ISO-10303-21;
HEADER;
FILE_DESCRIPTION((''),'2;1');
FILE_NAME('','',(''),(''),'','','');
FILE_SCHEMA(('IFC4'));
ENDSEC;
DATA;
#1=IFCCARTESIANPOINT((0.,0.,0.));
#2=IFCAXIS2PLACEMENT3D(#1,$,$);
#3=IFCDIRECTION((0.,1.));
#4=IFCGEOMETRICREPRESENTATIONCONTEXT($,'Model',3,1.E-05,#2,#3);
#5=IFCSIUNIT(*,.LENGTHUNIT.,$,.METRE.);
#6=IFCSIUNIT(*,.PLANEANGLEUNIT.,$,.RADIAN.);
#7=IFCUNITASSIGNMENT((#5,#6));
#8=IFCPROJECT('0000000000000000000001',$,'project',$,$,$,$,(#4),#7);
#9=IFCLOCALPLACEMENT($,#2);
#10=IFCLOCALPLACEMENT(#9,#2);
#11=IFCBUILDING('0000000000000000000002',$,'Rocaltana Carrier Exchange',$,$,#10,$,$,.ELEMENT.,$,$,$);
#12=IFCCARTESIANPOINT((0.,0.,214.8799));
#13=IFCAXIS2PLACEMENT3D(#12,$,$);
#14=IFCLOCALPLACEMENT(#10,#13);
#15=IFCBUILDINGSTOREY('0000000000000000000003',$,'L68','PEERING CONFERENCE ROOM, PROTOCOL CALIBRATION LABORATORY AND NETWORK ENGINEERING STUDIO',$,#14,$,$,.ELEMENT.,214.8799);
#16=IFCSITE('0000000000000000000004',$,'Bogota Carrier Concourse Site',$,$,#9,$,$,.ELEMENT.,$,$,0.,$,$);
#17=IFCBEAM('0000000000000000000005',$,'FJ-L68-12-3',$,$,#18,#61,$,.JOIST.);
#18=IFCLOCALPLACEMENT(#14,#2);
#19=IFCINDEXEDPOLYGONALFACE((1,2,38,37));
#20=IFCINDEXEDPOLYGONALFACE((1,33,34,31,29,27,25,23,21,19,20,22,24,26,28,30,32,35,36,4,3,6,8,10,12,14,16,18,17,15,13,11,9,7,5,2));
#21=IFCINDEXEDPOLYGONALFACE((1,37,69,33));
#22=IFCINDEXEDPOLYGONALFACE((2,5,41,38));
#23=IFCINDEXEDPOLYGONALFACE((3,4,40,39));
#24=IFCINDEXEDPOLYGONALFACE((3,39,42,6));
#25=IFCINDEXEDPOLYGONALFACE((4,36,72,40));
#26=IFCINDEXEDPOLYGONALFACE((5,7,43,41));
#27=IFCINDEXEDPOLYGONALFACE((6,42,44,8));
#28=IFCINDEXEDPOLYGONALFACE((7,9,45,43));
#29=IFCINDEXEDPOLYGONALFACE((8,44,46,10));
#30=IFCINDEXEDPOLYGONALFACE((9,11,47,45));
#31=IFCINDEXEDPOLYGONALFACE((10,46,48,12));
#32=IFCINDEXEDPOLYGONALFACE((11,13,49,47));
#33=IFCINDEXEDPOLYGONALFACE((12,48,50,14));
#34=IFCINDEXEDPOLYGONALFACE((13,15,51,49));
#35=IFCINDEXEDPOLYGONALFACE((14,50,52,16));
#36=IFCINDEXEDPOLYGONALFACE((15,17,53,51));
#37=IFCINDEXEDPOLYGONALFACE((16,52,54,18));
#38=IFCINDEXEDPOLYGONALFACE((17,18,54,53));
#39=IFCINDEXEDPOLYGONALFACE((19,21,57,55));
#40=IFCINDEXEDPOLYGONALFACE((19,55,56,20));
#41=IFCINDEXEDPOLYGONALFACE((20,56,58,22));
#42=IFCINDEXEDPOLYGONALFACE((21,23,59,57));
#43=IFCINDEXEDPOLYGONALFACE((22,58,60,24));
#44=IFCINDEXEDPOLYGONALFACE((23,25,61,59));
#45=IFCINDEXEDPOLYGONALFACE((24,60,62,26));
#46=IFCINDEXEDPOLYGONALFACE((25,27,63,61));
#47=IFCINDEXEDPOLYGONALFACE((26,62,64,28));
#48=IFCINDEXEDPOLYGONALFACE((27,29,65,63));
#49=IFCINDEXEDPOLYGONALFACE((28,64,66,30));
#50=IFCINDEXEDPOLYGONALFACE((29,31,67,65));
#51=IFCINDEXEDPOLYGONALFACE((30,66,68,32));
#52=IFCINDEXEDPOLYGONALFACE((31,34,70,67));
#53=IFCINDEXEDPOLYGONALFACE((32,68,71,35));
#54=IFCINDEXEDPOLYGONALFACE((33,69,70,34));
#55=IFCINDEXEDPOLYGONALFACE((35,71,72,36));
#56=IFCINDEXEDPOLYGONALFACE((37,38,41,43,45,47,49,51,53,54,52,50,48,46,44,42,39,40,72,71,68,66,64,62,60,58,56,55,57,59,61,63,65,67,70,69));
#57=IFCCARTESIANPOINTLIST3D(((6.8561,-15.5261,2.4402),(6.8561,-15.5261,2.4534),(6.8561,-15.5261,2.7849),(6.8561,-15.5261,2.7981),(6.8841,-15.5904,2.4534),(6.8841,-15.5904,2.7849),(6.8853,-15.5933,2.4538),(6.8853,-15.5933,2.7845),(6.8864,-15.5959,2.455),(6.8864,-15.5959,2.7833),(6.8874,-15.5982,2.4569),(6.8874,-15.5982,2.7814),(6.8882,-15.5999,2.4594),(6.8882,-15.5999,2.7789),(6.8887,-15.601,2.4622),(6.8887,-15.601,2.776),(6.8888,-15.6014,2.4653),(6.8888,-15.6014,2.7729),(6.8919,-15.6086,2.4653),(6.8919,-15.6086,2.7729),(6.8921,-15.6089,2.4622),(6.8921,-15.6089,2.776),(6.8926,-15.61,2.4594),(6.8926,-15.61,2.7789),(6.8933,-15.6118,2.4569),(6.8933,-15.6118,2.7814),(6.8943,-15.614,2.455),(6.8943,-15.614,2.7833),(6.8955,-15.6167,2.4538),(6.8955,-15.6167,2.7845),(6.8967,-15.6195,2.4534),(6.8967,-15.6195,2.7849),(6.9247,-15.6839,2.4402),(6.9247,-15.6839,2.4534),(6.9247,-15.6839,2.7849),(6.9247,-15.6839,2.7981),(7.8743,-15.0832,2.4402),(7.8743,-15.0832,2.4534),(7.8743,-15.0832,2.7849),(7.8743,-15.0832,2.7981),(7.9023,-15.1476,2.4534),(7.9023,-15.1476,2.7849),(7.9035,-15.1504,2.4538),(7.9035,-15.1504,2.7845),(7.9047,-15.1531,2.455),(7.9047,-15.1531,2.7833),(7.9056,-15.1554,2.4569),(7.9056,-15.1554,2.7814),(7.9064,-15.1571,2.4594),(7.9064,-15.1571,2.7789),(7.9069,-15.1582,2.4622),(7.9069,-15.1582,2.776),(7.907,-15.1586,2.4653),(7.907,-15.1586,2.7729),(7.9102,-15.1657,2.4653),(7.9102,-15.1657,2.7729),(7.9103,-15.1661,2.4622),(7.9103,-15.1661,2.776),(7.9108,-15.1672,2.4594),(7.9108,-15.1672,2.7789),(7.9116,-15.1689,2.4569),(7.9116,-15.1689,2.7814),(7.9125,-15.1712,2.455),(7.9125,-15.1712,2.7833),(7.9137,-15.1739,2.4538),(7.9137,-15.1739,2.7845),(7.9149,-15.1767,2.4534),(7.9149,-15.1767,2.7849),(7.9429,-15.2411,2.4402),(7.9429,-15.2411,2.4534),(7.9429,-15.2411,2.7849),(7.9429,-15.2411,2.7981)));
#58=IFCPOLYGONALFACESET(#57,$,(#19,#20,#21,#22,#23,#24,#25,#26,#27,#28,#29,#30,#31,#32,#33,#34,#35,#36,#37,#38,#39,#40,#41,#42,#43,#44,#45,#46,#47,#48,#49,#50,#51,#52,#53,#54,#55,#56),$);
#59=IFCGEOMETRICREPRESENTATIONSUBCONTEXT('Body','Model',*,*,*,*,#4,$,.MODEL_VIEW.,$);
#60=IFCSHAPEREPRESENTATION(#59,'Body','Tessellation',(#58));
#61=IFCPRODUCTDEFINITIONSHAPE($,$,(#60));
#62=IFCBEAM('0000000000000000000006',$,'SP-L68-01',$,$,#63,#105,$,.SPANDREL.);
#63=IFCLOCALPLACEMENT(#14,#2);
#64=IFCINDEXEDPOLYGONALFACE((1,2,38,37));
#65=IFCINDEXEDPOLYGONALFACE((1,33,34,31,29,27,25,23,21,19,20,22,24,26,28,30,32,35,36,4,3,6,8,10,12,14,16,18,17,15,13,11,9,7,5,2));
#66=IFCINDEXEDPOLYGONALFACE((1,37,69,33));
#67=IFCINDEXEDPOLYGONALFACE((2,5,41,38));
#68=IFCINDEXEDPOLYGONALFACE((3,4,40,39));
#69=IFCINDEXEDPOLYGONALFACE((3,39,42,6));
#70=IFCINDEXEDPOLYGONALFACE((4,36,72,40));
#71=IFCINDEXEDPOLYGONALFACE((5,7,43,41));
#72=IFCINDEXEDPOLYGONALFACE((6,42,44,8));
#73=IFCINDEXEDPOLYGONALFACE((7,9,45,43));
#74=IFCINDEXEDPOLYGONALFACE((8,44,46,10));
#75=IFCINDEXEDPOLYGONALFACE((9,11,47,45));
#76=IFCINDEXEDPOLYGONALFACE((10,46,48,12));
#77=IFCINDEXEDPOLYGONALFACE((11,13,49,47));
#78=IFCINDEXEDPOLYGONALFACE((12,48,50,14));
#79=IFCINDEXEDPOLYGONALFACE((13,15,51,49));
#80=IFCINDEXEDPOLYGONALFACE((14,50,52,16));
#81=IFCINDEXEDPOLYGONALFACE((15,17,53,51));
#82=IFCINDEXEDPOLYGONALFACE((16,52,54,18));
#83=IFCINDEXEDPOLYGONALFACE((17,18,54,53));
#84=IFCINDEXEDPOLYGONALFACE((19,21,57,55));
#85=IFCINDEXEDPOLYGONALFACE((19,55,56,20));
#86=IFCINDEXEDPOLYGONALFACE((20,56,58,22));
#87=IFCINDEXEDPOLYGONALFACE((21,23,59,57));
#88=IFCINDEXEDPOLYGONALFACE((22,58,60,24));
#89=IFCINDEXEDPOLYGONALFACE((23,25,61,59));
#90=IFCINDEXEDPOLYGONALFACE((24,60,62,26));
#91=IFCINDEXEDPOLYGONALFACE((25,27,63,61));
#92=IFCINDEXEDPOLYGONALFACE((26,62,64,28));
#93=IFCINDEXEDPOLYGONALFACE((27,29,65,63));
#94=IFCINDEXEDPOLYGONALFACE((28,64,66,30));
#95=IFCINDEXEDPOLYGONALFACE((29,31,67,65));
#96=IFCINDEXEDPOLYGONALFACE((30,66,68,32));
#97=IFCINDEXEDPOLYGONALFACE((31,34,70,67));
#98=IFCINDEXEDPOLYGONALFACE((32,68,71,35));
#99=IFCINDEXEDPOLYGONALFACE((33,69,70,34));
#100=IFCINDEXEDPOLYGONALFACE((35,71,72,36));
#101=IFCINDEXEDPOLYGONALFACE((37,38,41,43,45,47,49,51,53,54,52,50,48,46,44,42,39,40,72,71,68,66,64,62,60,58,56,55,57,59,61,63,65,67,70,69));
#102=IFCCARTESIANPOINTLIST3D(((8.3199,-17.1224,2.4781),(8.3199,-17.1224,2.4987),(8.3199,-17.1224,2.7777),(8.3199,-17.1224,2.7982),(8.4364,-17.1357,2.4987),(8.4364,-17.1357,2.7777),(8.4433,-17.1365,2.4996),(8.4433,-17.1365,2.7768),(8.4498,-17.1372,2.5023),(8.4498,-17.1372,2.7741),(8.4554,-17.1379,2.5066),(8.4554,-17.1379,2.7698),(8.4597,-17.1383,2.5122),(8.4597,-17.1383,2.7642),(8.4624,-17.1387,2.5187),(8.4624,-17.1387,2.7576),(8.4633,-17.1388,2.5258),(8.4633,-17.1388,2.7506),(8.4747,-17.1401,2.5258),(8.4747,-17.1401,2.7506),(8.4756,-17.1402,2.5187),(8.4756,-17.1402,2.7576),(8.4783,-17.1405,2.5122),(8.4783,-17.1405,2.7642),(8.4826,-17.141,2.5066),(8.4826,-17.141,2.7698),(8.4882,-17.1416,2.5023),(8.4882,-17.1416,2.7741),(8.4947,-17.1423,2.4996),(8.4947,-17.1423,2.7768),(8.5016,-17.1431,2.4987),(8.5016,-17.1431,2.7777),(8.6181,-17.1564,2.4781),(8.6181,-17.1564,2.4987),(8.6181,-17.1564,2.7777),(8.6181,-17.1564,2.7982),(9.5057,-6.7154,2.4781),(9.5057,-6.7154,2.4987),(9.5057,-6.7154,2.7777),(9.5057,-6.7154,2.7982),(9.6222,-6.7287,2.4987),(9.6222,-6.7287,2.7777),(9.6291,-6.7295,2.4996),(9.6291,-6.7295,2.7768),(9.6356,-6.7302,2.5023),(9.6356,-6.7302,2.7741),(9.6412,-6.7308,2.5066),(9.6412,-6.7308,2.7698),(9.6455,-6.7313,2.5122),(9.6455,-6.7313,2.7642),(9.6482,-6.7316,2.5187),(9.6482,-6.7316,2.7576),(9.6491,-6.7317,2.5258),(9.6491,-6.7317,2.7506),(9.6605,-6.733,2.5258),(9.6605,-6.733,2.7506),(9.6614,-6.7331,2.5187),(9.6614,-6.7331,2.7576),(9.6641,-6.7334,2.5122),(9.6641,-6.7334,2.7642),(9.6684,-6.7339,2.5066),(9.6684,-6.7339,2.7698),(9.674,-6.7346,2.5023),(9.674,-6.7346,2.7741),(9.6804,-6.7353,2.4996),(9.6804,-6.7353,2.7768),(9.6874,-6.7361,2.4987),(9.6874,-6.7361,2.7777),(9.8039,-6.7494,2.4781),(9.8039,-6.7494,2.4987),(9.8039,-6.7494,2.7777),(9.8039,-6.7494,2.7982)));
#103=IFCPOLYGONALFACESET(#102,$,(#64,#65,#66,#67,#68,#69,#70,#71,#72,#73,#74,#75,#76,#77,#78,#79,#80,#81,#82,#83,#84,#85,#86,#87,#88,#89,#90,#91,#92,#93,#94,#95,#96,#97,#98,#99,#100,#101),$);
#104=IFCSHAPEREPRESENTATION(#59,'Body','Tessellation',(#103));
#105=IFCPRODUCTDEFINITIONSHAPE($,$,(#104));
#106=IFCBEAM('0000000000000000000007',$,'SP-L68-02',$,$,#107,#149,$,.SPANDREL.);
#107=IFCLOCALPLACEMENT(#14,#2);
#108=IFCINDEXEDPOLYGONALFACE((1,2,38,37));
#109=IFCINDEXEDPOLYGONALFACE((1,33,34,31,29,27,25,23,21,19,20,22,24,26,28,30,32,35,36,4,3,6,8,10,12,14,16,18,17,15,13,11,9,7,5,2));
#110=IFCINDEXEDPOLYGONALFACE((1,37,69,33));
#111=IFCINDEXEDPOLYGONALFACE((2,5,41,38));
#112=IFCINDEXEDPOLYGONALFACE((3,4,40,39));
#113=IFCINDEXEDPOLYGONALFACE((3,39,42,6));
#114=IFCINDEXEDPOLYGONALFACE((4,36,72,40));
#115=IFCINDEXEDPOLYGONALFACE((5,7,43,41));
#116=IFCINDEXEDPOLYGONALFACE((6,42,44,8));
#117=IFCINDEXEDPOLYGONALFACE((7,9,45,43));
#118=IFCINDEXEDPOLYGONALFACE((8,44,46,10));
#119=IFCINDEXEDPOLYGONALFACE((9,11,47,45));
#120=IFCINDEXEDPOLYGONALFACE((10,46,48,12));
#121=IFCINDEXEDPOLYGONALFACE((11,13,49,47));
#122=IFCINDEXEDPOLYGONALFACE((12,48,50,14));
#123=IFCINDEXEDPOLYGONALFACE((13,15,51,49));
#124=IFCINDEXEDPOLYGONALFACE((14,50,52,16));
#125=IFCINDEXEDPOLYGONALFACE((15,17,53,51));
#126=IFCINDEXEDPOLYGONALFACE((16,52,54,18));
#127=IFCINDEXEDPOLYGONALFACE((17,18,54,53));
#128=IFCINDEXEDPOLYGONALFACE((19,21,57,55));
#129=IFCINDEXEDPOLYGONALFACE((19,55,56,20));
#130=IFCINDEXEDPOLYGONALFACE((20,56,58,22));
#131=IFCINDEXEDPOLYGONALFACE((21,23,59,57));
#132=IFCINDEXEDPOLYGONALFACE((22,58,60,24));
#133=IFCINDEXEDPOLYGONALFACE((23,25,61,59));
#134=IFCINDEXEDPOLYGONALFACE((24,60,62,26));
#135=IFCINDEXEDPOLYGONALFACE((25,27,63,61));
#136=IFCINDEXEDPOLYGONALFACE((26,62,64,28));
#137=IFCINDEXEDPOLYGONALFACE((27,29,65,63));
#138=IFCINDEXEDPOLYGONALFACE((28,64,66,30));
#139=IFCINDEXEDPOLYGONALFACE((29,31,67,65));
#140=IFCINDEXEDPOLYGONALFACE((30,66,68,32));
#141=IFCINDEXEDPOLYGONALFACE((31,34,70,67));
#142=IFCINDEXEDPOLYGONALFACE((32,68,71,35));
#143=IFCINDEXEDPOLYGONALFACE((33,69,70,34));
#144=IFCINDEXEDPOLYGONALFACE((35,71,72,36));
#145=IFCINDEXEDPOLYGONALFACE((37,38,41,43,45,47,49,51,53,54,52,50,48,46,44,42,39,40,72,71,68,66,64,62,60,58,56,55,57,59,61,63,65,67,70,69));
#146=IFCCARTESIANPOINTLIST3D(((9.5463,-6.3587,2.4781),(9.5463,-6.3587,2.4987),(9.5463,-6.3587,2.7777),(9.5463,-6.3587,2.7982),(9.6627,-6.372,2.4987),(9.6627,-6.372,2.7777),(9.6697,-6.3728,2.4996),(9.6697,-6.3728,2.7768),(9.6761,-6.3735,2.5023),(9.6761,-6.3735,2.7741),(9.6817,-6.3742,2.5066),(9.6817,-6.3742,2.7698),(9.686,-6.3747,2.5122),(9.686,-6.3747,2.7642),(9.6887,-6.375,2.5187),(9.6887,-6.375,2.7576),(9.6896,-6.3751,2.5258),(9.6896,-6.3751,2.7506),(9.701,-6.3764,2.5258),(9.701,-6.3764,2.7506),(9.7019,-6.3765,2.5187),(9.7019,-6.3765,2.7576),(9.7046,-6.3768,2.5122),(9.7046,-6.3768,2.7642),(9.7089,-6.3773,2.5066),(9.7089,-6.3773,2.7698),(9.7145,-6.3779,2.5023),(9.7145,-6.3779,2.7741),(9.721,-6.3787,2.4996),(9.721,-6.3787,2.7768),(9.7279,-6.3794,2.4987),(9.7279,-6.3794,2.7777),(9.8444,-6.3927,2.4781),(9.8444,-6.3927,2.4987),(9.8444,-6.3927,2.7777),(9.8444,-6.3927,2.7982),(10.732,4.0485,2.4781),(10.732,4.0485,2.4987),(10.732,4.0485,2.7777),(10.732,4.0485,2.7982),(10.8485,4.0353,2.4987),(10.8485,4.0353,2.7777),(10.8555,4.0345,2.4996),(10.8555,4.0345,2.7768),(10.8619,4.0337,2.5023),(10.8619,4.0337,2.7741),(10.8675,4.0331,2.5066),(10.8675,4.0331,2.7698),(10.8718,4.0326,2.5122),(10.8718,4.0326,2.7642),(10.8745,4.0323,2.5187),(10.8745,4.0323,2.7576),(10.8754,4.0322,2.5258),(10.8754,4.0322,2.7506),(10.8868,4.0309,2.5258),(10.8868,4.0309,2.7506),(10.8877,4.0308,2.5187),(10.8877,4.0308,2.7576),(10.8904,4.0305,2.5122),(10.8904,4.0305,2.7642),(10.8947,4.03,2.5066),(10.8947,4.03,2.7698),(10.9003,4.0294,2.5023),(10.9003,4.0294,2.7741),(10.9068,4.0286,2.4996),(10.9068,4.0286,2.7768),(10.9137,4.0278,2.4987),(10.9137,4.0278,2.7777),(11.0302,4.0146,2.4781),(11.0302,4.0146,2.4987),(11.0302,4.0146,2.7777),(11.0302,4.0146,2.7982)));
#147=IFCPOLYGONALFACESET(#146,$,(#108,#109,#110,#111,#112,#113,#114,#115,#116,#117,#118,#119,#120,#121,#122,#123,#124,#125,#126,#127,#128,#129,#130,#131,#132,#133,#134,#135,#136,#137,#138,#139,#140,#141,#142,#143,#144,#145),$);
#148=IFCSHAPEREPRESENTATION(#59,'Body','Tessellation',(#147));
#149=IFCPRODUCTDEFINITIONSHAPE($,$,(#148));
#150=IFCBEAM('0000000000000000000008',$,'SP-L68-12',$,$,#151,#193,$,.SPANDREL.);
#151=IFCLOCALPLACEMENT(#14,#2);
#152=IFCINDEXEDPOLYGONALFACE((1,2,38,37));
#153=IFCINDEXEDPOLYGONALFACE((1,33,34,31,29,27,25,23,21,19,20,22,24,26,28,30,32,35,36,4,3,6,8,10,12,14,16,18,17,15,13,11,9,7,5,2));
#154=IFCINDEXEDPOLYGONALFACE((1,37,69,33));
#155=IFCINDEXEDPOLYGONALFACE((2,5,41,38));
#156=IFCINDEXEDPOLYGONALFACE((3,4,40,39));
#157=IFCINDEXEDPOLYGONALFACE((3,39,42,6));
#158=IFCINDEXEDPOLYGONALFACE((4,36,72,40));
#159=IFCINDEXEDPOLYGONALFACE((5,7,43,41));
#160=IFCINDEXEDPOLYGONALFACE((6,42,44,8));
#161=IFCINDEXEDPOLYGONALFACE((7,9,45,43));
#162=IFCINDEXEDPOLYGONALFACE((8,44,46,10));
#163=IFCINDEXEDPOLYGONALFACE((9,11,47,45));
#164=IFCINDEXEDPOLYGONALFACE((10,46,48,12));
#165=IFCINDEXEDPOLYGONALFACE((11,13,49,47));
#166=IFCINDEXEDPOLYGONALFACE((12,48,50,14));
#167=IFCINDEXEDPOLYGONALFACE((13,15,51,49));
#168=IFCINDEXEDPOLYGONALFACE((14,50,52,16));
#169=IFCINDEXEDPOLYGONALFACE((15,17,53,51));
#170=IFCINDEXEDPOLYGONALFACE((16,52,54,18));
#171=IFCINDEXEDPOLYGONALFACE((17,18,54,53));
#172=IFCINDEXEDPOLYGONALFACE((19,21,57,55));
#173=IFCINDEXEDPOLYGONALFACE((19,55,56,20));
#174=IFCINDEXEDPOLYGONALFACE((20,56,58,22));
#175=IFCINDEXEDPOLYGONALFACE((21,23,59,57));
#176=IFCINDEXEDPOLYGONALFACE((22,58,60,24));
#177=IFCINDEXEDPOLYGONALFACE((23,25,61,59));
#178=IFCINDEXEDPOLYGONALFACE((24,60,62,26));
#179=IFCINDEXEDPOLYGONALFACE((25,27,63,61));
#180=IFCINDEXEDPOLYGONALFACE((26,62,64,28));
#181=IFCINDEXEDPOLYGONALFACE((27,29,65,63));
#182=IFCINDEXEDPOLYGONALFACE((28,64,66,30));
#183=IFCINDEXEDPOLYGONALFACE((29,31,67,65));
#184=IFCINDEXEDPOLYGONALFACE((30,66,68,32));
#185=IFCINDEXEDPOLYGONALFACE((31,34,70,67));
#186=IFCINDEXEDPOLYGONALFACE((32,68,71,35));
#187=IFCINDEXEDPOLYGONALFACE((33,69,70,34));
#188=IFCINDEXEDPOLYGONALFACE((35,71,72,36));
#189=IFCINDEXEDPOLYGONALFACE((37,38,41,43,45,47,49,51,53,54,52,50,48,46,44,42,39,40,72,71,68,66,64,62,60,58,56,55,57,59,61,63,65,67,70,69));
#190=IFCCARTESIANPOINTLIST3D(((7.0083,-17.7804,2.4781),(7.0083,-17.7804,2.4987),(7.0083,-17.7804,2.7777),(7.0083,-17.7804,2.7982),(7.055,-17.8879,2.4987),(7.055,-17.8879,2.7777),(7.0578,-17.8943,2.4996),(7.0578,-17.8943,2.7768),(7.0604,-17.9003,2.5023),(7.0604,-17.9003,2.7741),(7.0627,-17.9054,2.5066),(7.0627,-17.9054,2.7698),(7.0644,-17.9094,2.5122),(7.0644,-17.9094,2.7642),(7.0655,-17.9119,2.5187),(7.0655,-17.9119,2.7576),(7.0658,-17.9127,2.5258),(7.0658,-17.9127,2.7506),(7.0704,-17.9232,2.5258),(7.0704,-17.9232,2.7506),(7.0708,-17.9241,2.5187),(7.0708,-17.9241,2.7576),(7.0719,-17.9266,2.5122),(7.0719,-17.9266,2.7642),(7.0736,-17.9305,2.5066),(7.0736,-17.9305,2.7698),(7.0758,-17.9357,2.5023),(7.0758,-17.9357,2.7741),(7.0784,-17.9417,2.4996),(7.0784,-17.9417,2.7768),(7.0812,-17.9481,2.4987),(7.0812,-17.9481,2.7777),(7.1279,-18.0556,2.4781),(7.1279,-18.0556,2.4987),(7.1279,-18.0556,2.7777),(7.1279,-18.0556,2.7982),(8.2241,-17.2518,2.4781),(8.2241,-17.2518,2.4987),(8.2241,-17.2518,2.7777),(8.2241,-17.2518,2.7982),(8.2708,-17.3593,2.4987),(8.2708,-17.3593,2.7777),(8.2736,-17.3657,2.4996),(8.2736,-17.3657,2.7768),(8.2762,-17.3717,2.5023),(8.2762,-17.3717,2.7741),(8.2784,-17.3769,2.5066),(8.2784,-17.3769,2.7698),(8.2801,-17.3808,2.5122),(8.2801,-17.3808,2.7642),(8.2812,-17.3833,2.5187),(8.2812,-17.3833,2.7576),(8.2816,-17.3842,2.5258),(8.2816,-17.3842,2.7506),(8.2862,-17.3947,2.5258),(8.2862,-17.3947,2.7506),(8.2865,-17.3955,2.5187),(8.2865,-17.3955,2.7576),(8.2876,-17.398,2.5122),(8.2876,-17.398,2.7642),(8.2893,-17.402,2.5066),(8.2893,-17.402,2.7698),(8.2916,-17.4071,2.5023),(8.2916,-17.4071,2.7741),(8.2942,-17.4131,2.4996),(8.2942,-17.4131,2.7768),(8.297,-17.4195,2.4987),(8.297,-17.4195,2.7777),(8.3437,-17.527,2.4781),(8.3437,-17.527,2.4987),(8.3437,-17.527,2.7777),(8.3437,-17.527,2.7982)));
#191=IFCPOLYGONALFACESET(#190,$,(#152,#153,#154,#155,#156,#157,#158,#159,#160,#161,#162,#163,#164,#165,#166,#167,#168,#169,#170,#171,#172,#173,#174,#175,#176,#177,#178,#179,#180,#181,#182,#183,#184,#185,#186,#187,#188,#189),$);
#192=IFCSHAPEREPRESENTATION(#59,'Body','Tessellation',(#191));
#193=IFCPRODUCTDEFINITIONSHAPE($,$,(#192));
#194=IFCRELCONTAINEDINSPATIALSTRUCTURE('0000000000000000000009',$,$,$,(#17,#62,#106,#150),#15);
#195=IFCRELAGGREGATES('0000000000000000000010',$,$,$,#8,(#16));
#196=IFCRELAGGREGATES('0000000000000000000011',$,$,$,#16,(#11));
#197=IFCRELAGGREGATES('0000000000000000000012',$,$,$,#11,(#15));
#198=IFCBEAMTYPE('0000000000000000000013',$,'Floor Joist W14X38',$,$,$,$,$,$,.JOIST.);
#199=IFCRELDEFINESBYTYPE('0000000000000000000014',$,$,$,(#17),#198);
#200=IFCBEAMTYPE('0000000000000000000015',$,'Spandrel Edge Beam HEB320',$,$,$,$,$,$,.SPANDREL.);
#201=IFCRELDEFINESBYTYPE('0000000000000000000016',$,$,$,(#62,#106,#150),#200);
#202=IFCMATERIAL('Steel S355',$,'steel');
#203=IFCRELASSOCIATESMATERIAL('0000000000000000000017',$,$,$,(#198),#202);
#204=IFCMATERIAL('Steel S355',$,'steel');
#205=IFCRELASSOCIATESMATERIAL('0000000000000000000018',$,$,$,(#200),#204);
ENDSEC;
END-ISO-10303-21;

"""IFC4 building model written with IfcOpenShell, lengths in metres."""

from ifc_helpers import new_model, si_unit, direction, frame, origin, origin_2d, place, context, subcontext, project, spatial, i_section, extrude, material, material_profile, profile_set, type_object, element, save


model = new_model("IFC4")

# Units and contexts
model_context = context("Model", 3, precision=1e-05, world=origin(), true_north=direction((0.0, 1.0)))
body_context = subcontext(model_context, "Body", "Model", "MODEL_VIEW")
ifc_project = project(units=[si_unit("LENGTHUNIT", "METRE"), si_unit("PLANEANGLEUNIT", "RADIAN")], contexts=[model_context])

# Site, building, storey
site_placement = place(None, origin())
site = spatial("IfcSite", under=ifc_project, at=site_placement, Name="Bogota Carrier Concourse Site", CompositionType="ELEMENT", RefElevation=0.0)
building_placement = place(site_placement, origin())
building = spatial("IfcBuilding", under=site, at=building_placement, Name="Rocaltana Carrier Exchange", CompositionType="ELEMENT")
storey_placement = place(building_placement, frame((0.0, 0.0, 214.8799)))
storey = spatial("IfcBuildingStorey", under=building, at=storey_placement, Name="L68", Description="PEERING CONFERENCE ROOM, PROTOCOL CALIBRATION LABORATORY AND NETWORK ENGINEERING STUDIO", CompositionType="ELEMENT", Elevation=214.8799)

# Beams
ifc_material_1 = material(Name="Steel S355", Category="steel")
ifc_material_profile_1 = material_profile(ifc_material_1, i_section(OverallWidth=0.1721, OverallDepth=0.3579, WebThickness=0.0078, FlangeThickness=0.0132, FilletRadius=0.012, at=origin_2d()), Name="W14X38")
ifc_profile_set_1 = profile_set([ifc_material_profile_1], Name="Steel S355")
beam_type_1 = type_object("IfcBeamType", Name="Floor Joist W14X38", PredefinedType="JOIST", material=ifc_profile_set_1)
beam_1_placement = place(storey_placement, frame((6.8904, -15.605, 2.6191), z_axis=(0.917028, 0.398823, 0.0), x_axis=(-0.398823, 0.917028, 0.0)))
element("IfcBeam", 1, at=beam_1_placement, inside=storey, type_object=beam_type_1, Name="FJ-L68-12-3", PredefinedType="JOIST", context=body_context, shape_type="SweptSolid", body=[
    extrude(i_section(OverallWidth=0.1721, OverallDepth=0.3579, WebThickness=0.0078, FlangeThickness=0.0132, FilletRadius=0.012, at=origin_2d()), origin(), (0.0, 0.0, 1.0), 1.1104),
])
ifc_material_2 = material(Name="Steel S355", Category="steel")
ifc_material_profile_2 = material_profile(ifc_material_2, i_section(OverallWidth=0.3, OverallDepth=0.3201, WebThickness=0.0115, FlangeThickness=0.0205, FilletRadius=0.0271, at=origin_2d()), Name="HEB320")
ifc_profile_set_2 = profile_set([ifc_material_profile_2], Name="Steel S355")
beam_type_2 = type_object("IfcBeamType", Name="Spandrel Edge Beam HEB320", PredefinedType="SPANDREL", material=ifc_profile_set_2)
beam_2_placement = place(storey_placement, frame((8.469, -17.1394, 2.6382), z_axis=(0.113209, 0.993571, 0.0), x_axis=(-0.993571, 0.113209, 0.0)))
element("IfcBeam", 2, at=beam_2_placement, inside=storey, type_object=beam_type_2, Name="SP-L68-01", PredefinedType="SPANDREL", context=body_context, shape_type="SweptSolid", body=[
    extrude(i_section(OverallWidth=0.3, OverallDepth=0.3201, WebThickness=0.0115, FlangeThickness=0.0205, FilletRadius=0.0271, at=origin_2d()), origin(), (0.0, 0.0, 1.0), 10.4744),
])
beam_3_placement = place(storey_placement, frame((9.6953, -6.3757, 2.6382), z_axis=(0.113207, 0.993571, 0.0), x_axis=(-0.993571, 0.113207, 0.0)))
element("IfcBeam", 3, at=beam_3_placement, inside=storey, type_object=beam_type_2, Name="SP-L68-02", PredefinedType="SPANDREL", context=body_context, shape_type="SweptSolid", body=[
    extrude(i_section(OverallWidth=0.3, OverallDepth=0.3201, WebThickness=0.0115, FlangeThickness=0.0205, FilletRadius=0.0271, at=origin_2d()), origin(), (0.0, 0.0, 1.0), 10.4746),
])
beam_4_placement = place(storey_placement, frame((7.0681, -17.918, 2.6382), z_axis=(0.917085, 0.398692, 0.0), x_axis=(-0.398692, 0.917085, 0.0)))
element("IfcBeam", 4, at=beam_4_placement, inside=storey, type_object=beam_type_2, Name="SP-L68-12", PredefinedType="SPANDREL", context=body_context, shape_type="SweptSolid", body=[
    extrude(i_section(OverallWidth=0.3, OverallDepth=0.3201, WebThickness=0.0115, FlangeThickness=0.0205, FilletRadius=0.0271, at=origin_2d()), origin(), (0.0, 0.0, 1.0), 1.3257),
])

save(model, "model.ifc")
